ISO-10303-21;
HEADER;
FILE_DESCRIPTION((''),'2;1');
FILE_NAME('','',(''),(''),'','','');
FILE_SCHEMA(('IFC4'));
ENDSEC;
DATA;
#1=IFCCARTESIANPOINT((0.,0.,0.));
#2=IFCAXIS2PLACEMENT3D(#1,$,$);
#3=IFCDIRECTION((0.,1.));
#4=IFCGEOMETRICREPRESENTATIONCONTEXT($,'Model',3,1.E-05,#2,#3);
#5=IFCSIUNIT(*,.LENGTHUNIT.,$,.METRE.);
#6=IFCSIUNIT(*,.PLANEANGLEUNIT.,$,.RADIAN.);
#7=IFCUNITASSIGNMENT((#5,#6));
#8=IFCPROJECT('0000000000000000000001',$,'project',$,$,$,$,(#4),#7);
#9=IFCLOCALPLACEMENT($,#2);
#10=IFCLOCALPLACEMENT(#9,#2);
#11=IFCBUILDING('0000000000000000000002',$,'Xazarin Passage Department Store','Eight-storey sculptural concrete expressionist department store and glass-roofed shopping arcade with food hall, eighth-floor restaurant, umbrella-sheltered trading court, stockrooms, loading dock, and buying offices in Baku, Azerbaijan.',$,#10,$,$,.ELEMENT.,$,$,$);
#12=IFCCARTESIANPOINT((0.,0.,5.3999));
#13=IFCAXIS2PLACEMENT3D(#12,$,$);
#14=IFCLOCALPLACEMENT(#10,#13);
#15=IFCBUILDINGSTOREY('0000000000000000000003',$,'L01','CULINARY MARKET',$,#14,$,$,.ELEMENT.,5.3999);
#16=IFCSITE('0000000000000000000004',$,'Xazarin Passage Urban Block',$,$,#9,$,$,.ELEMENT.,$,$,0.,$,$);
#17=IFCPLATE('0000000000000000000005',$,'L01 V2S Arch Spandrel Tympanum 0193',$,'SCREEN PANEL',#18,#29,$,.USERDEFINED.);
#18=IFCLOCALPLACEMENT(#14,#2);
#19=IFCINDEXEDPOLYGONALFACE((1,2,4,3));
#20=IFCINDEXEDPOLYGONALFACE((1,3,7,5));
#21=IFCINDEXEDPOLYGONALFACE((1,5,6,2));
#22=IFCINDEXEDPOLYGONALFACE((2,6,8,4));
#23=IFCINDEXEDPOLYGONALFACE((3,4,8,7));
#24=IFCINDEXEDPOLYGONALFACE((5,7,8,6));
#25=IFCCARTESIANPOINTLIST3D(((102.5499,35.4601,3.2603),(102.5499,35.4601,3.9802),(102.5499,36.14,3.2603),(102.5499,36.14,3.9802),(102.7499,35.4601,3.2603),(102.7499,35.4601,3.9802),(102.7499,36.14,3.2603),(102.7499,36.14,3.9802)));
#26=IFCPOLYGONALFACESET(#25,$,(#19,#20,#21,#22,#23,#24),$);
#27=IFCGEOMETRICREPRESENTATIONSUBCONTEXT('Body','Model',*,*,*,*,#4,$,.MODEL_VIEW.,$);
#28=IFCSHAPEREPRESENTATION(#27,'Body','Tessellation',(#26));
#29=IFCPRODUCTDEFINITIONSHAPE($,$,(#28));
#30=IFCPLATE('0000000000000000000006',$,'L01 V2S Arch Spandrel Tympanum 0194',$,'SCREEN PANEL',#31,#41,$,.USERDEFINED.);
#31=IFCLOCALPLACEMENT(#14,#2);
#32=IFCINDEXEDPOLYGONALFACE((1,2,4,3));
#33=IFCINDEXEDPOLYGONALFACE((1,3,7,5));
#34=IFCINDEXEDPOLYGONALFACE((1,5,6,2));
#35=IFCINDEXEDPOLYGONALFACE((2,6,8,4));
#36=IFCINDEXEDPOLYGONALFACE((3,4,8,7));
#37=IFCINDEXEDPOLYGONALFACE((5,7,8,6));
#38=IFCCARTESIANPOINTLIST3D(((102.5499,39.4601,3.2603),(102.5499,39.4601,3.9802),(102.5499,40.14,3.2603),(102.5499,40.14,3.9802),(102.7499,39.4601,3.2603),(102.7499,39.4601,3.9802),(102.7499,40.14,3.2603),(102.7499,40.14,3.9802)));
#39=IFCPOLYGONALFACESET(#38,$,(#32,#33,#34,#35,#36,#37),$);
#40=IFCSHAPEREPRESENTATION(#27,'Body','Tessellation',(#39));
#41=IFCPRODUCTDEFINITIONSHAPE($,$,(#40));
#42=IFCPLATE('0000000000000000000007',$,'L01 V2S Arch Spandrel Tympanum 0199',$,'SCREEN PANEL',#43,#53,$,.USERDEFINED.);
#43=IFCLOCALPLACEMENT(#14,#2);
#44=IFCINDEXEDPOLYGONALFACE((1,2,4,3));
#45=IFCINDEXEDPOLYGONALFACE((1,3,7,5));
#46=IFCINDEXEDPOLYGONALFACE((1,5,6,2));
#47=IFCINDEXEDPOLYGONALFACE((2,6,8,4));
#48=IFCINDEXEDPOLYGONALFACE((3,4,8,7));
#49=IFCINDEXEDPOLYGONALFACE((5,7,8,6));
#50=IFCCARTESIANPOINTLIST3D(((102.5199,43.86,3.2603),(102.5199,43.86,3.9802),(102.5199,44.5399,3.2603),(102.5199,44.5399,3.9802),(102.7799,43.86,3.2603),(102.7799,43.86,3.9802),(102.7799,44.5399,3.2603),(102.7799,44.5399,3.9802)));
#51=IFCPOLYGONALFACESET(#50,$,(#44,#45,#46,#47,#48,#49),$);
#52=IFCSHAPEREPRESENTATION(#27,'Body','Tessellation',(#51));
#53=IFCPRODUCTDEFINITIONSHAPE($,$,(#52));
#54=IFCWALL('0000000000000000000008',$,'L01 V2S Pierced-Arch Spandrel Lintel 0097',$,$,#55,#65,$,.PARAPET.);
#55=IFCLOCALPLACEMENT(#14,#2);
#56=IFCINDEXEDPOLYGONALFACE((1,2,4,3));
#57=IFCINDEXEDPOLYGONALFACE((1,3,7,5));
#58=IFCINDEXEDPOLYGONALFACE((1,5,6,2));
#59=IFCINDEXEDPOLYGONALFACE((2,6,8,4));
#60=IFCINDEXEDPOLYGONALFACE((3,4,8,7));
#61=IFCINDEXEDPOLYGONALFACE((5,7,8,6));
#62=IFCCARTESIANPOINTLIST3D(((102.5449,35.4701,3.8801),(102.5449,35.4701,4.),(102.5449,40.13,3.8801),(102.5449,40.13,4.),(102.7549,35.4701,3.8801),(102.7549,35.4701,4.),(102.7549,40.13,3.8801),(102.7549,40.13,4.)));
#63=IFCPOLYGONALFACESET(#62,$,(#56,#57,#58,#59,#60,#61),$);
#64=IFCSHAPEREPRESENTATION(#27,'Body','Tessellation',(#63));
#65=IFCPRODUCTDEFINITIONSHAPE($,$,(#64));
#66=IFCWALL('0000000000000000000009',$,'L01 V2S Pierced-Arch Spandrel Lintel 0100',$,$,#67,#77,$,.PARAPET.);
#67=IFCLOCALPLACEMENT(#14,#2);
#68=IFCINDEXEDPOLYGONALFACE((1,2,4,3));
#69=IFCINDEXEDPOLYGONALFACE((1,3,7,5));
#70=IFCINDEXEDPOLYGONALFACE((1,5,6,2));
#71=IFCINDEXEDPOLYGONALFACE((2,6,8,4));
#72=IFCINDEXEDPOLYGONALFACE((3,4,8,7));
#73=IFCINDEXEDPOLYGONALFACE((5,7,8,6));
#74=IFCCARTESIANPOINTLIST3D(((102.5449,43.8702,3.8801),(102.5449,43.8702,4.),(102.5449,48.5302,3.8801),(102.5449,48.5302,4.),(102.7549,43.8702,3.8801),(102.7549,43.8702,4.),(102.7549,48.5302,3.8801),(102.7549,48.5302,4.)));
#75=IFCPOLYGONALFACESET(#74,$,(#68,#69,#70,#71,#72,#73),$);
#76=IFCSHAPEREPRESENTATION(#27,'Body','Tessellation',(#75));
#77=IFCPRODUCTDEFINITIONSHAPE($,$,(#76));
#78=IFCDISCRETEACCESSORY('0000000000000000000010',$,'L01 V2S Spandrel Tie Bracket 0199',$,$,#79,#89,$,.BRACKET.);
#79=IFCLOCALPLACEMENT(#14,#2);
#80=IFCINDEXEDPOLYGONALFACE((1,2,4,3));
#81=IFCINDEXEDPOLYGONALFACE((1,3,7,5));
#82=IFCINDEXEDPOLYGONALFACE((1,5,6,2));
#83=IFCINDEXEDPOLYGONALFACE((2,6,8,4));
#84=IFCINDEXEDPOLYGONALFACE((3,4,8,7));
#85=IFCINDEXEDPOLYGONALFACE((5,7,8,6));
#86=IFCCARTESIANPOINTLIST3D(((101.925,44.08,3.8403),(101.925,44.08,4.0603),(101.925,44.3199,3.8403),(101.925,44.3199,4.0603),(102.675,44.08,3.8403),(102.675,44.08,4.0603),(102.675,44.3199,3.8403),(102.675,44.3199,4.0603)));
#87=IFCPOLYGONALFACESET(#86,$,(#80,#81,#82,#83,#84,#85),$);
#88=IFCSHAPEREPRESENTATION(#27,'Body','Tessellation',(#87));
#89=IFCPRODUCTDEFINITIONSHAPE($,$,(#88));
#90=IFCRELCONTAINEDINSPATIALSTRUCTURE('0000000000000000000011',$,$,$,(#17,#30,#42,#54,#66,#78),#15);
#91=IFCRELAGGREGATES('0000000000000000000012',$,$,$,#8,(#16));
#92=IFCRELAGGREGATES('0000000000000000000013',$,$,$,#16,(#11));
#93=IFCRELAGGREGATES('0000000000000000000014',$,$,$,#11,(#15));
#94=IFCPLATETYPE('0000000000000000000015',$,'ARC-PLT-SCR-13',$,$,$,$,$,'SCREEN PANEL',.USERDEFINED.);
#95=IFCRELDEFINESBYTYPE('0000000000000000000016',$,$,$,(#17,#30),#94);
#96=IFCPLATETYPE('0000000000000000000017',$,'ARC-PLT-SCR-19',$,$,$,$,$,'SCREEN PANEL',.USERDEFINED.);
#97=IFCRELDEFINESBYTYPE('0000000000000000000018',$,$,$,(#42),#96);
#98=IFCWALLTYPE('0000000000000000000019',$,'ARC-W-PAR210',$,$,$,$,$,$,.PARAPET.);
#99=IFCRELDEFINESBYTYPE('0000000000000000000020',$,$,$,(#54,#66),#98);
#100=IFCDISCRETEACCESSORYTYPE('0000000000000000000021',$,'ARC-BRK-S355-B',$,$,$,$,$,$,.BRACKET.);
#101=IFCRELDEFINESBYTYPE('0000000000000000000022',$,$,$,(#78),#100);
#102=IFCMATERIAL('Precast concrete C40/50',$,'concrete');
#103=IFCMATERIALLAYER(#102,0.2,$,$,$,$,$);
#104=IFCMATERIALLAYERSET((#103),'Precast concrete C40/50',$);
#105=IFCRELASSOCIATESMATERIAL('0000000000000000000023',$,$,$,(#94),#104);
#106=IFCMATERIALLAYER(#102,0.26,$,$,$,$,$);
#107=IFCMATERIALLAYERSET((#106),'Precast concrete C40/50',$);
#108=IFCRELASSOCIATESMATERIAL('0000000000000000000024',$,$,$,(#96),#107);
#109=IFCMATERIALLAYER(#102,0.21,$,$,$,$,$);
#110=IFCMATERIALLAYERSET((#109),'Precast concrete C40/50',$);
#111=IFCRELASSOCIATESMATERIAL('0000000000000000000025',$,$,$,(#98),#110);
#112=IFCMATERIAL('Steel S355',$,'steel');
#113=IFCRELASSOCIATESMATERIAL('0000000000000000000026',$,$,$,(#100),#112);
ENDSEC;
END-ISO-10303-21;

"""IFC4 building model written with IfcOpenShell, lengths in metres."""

from ifc_helpers import new_model, si_unit, direction, frame, frame_2d, origin, origin_2d, place, context, subcontext, project, spatial, rectangle, extrude, material, layer, layer_set, type_object, element, save


model = new_model("IFC4")

# Units and contexts
model_context = context("Model", 3, precision=1e-05, world=origin(), true_north=direction((0.0, 1.0)))
body_context = subcontext(model_context, "Body", "Model", "MODEL_VIEW")
ifc_project = project(units=[si_unit("LENGTHUNIT", "METRE"), si_unit("PLANEANGLEUNIT", "RADIAN")], contexts=[model_context])

# Site, building, storey
site_placement = place(None, origin())
site = spatial("IfcSite", under=ifc_project, at=site_placement, Name="Xazarin Passage Urban Block", CompositionType="ELEMENT", RefElevation=0.0)
building_placement = place(site_placement, origin())
building = spatial("IfcBuilding", under=site, at=building_placement, Name="Xazarin Passage Department Store", Description="Eight-storey sculptural concrete expressionist department store and glass-roofed shopping arcade with food hall, eighth-floor restaurant, umbrella-sheltered trading court, stockrooms, loading dock, and buying offices in Baku, Azerbaijan.", CompositionType="ELEMENT")
storey_placement = place(building_placement, frame((0.0, 0.0, 5.3999)))
storey = spatial("IfcBuildingStorey", under=building, at=storey_placement, Name="L01", Description="CULINARY MARKET", CompositionType="ELEMENT", Elevation=5.3999)

# Plates
ifc_material_1 = material(Name="Precast concrete C40/50", Category="concrete")
ifc_layer_1 = layer(ifc_material_1, 0.2)
ifc_layer_set_1 = layer_set([ifc_layer_1], Name="Precast concrete C40/50")
plate_type_1 = type_object("IfcPlateType", Name="ARC-PLT-SCR-13", ElementType="SCREEN PANEL", PredefinedType="USERDEFINED", material=ifc_layer_set_1)
for number, where, z_axis, x_axis, name in (
    (1, (102.6499, 35.8, 3.2603), (0.0, 0.0, 1.0), (0.0, 1.0, 0.0), "L01 V2S Arch Spandrel Tympanum 0193"),
    (2, (102.6499, 39.8, 3.2603), (0.0, 0.0, 1.0), (0.0, 1.0, 0.0), "L01 V2S Arch Spandrel Tympanum 0194"),
):
    element("IfcPlate", number, at=place(storey_placement, frame(where, z_axis=z_axis, x_axis=x_axis)), inside=storey, type_object=plate_type_1, Name=name, ObjectType="SCREEN PANEL", PredefinedType="USERDEFINED", context=body_context, shape_type="SweptSolid", body=[
        extrude(rectangle(XDim=0.6799, YDim=0.2, at=origin_2d()), origin(), (0.0, 0.0, 1.0), 0.72),
    ])
ifc_layer_2 = layer(ifc_material_1, 0.26)
ifc_layer_set_2 = layer_set([ifc_layer_2], Name="Precast concrete C40/50")
plate_type_2 = type_object("IfcPlateType", Name="ARC-PLT-SCR-19", ElementType="SCREEN PANEL", PredefinedType="USERDEFINED", material=ifc_layer_set_2)
plate_placement = place(storey_placement, frame((102.6499, 44.2, 3.2603), z_axis=(0.0, 0.0, 1.0), x_axis=(0.0, 1.0, 0.0)))
element("IfcPlate", 3, at=plate_placement, inside=storey, type_object=plate_type_2, Name="L01 V2S Arch Spandrel Tympanum 0199", ObjectType="SCREEN PANEL", PredefinedType="USERDEFINED", context=body_context, shape_type="SweptSolid", body=[
    extrude(rectangle(XDim=0.6799, YDim=0.26, at=origin_2d()), origin(), (0.0, 0.0, 1.0), 0.72),
])

# Walls
ifc_layer_3 = layer(ifc_material_1, 0.21)
ifc_layer_set_3 = layer_set([ifc_layer_3], Name="Precast concrete C40/50")
wall_type = type_object("IfcWallType", Name="ARC-W-PAR210", PredefinedType="PARAPET", material=ifc_layer_set_3)
for number, where, z_axis, x_axis, name in (
    (4, (102.6499, 35.47, 3.8801), (0.0, 0.0, 1.0), (0.0, 1.0, 0.0), "L01 V2S Pierced-Arch Spandrel Lintel 0097"),
    (5, (102.6499, 43.8701, 3.8801), (0.0, 0.0, 1.0), (0.0, 1.0, 0.0), "L01 V2S Pierced-Arch Spandrel Lintel 0100"),
):
    element("IfcWall", number, at=place(storey_placement, frame(where, z_axis=z_axis, x_axis=x_axis)), inside=storey, type_object=wall_type, Name=name, PredefinedType="PARAPET", context=body_context, shape_type="SweptSolid", body=[
        extrude(rectangle(XDim=4.6599, YDim=0.21, at=frame_2d((2.3301, 0.0))), origin(), (0.0, 0.0, 1.0), 0.1199),
    ])

# Discrete accessory
ifc_material_2 = material(Name="Steel S355", Category="steel")
discrete_accessory_type = type_object("IfcDiscreteAccessoryType", Name="ARC-BRK-S355-B", PredefinedType="BRACKET", material=ifc_material_2)
discrete_accessory_placement = place(storey_placement, frame((102.3, 44.2, 3.8403), z_axis=(0.0, 0.0, 1.0), x_axis=(0.0, 1.0, 0.0)))
element("IfcDiscreteAccessory", 6, at=discrete_accessory_placement, inside=storey, type_object=discrete_accessory_type, Name="L01 V2S Spandrel Tie Bracket 0199", PredefinedType="BRACKET", context=body_context, shape_type="SweptSolid", body=[
    extrude(rectangle(XDim=0.24, YDim=0.75, at=origin_2d()), origin(), (0.0, 0.0, 1.0), 0.22),
])

save(model, "model.ifc")
